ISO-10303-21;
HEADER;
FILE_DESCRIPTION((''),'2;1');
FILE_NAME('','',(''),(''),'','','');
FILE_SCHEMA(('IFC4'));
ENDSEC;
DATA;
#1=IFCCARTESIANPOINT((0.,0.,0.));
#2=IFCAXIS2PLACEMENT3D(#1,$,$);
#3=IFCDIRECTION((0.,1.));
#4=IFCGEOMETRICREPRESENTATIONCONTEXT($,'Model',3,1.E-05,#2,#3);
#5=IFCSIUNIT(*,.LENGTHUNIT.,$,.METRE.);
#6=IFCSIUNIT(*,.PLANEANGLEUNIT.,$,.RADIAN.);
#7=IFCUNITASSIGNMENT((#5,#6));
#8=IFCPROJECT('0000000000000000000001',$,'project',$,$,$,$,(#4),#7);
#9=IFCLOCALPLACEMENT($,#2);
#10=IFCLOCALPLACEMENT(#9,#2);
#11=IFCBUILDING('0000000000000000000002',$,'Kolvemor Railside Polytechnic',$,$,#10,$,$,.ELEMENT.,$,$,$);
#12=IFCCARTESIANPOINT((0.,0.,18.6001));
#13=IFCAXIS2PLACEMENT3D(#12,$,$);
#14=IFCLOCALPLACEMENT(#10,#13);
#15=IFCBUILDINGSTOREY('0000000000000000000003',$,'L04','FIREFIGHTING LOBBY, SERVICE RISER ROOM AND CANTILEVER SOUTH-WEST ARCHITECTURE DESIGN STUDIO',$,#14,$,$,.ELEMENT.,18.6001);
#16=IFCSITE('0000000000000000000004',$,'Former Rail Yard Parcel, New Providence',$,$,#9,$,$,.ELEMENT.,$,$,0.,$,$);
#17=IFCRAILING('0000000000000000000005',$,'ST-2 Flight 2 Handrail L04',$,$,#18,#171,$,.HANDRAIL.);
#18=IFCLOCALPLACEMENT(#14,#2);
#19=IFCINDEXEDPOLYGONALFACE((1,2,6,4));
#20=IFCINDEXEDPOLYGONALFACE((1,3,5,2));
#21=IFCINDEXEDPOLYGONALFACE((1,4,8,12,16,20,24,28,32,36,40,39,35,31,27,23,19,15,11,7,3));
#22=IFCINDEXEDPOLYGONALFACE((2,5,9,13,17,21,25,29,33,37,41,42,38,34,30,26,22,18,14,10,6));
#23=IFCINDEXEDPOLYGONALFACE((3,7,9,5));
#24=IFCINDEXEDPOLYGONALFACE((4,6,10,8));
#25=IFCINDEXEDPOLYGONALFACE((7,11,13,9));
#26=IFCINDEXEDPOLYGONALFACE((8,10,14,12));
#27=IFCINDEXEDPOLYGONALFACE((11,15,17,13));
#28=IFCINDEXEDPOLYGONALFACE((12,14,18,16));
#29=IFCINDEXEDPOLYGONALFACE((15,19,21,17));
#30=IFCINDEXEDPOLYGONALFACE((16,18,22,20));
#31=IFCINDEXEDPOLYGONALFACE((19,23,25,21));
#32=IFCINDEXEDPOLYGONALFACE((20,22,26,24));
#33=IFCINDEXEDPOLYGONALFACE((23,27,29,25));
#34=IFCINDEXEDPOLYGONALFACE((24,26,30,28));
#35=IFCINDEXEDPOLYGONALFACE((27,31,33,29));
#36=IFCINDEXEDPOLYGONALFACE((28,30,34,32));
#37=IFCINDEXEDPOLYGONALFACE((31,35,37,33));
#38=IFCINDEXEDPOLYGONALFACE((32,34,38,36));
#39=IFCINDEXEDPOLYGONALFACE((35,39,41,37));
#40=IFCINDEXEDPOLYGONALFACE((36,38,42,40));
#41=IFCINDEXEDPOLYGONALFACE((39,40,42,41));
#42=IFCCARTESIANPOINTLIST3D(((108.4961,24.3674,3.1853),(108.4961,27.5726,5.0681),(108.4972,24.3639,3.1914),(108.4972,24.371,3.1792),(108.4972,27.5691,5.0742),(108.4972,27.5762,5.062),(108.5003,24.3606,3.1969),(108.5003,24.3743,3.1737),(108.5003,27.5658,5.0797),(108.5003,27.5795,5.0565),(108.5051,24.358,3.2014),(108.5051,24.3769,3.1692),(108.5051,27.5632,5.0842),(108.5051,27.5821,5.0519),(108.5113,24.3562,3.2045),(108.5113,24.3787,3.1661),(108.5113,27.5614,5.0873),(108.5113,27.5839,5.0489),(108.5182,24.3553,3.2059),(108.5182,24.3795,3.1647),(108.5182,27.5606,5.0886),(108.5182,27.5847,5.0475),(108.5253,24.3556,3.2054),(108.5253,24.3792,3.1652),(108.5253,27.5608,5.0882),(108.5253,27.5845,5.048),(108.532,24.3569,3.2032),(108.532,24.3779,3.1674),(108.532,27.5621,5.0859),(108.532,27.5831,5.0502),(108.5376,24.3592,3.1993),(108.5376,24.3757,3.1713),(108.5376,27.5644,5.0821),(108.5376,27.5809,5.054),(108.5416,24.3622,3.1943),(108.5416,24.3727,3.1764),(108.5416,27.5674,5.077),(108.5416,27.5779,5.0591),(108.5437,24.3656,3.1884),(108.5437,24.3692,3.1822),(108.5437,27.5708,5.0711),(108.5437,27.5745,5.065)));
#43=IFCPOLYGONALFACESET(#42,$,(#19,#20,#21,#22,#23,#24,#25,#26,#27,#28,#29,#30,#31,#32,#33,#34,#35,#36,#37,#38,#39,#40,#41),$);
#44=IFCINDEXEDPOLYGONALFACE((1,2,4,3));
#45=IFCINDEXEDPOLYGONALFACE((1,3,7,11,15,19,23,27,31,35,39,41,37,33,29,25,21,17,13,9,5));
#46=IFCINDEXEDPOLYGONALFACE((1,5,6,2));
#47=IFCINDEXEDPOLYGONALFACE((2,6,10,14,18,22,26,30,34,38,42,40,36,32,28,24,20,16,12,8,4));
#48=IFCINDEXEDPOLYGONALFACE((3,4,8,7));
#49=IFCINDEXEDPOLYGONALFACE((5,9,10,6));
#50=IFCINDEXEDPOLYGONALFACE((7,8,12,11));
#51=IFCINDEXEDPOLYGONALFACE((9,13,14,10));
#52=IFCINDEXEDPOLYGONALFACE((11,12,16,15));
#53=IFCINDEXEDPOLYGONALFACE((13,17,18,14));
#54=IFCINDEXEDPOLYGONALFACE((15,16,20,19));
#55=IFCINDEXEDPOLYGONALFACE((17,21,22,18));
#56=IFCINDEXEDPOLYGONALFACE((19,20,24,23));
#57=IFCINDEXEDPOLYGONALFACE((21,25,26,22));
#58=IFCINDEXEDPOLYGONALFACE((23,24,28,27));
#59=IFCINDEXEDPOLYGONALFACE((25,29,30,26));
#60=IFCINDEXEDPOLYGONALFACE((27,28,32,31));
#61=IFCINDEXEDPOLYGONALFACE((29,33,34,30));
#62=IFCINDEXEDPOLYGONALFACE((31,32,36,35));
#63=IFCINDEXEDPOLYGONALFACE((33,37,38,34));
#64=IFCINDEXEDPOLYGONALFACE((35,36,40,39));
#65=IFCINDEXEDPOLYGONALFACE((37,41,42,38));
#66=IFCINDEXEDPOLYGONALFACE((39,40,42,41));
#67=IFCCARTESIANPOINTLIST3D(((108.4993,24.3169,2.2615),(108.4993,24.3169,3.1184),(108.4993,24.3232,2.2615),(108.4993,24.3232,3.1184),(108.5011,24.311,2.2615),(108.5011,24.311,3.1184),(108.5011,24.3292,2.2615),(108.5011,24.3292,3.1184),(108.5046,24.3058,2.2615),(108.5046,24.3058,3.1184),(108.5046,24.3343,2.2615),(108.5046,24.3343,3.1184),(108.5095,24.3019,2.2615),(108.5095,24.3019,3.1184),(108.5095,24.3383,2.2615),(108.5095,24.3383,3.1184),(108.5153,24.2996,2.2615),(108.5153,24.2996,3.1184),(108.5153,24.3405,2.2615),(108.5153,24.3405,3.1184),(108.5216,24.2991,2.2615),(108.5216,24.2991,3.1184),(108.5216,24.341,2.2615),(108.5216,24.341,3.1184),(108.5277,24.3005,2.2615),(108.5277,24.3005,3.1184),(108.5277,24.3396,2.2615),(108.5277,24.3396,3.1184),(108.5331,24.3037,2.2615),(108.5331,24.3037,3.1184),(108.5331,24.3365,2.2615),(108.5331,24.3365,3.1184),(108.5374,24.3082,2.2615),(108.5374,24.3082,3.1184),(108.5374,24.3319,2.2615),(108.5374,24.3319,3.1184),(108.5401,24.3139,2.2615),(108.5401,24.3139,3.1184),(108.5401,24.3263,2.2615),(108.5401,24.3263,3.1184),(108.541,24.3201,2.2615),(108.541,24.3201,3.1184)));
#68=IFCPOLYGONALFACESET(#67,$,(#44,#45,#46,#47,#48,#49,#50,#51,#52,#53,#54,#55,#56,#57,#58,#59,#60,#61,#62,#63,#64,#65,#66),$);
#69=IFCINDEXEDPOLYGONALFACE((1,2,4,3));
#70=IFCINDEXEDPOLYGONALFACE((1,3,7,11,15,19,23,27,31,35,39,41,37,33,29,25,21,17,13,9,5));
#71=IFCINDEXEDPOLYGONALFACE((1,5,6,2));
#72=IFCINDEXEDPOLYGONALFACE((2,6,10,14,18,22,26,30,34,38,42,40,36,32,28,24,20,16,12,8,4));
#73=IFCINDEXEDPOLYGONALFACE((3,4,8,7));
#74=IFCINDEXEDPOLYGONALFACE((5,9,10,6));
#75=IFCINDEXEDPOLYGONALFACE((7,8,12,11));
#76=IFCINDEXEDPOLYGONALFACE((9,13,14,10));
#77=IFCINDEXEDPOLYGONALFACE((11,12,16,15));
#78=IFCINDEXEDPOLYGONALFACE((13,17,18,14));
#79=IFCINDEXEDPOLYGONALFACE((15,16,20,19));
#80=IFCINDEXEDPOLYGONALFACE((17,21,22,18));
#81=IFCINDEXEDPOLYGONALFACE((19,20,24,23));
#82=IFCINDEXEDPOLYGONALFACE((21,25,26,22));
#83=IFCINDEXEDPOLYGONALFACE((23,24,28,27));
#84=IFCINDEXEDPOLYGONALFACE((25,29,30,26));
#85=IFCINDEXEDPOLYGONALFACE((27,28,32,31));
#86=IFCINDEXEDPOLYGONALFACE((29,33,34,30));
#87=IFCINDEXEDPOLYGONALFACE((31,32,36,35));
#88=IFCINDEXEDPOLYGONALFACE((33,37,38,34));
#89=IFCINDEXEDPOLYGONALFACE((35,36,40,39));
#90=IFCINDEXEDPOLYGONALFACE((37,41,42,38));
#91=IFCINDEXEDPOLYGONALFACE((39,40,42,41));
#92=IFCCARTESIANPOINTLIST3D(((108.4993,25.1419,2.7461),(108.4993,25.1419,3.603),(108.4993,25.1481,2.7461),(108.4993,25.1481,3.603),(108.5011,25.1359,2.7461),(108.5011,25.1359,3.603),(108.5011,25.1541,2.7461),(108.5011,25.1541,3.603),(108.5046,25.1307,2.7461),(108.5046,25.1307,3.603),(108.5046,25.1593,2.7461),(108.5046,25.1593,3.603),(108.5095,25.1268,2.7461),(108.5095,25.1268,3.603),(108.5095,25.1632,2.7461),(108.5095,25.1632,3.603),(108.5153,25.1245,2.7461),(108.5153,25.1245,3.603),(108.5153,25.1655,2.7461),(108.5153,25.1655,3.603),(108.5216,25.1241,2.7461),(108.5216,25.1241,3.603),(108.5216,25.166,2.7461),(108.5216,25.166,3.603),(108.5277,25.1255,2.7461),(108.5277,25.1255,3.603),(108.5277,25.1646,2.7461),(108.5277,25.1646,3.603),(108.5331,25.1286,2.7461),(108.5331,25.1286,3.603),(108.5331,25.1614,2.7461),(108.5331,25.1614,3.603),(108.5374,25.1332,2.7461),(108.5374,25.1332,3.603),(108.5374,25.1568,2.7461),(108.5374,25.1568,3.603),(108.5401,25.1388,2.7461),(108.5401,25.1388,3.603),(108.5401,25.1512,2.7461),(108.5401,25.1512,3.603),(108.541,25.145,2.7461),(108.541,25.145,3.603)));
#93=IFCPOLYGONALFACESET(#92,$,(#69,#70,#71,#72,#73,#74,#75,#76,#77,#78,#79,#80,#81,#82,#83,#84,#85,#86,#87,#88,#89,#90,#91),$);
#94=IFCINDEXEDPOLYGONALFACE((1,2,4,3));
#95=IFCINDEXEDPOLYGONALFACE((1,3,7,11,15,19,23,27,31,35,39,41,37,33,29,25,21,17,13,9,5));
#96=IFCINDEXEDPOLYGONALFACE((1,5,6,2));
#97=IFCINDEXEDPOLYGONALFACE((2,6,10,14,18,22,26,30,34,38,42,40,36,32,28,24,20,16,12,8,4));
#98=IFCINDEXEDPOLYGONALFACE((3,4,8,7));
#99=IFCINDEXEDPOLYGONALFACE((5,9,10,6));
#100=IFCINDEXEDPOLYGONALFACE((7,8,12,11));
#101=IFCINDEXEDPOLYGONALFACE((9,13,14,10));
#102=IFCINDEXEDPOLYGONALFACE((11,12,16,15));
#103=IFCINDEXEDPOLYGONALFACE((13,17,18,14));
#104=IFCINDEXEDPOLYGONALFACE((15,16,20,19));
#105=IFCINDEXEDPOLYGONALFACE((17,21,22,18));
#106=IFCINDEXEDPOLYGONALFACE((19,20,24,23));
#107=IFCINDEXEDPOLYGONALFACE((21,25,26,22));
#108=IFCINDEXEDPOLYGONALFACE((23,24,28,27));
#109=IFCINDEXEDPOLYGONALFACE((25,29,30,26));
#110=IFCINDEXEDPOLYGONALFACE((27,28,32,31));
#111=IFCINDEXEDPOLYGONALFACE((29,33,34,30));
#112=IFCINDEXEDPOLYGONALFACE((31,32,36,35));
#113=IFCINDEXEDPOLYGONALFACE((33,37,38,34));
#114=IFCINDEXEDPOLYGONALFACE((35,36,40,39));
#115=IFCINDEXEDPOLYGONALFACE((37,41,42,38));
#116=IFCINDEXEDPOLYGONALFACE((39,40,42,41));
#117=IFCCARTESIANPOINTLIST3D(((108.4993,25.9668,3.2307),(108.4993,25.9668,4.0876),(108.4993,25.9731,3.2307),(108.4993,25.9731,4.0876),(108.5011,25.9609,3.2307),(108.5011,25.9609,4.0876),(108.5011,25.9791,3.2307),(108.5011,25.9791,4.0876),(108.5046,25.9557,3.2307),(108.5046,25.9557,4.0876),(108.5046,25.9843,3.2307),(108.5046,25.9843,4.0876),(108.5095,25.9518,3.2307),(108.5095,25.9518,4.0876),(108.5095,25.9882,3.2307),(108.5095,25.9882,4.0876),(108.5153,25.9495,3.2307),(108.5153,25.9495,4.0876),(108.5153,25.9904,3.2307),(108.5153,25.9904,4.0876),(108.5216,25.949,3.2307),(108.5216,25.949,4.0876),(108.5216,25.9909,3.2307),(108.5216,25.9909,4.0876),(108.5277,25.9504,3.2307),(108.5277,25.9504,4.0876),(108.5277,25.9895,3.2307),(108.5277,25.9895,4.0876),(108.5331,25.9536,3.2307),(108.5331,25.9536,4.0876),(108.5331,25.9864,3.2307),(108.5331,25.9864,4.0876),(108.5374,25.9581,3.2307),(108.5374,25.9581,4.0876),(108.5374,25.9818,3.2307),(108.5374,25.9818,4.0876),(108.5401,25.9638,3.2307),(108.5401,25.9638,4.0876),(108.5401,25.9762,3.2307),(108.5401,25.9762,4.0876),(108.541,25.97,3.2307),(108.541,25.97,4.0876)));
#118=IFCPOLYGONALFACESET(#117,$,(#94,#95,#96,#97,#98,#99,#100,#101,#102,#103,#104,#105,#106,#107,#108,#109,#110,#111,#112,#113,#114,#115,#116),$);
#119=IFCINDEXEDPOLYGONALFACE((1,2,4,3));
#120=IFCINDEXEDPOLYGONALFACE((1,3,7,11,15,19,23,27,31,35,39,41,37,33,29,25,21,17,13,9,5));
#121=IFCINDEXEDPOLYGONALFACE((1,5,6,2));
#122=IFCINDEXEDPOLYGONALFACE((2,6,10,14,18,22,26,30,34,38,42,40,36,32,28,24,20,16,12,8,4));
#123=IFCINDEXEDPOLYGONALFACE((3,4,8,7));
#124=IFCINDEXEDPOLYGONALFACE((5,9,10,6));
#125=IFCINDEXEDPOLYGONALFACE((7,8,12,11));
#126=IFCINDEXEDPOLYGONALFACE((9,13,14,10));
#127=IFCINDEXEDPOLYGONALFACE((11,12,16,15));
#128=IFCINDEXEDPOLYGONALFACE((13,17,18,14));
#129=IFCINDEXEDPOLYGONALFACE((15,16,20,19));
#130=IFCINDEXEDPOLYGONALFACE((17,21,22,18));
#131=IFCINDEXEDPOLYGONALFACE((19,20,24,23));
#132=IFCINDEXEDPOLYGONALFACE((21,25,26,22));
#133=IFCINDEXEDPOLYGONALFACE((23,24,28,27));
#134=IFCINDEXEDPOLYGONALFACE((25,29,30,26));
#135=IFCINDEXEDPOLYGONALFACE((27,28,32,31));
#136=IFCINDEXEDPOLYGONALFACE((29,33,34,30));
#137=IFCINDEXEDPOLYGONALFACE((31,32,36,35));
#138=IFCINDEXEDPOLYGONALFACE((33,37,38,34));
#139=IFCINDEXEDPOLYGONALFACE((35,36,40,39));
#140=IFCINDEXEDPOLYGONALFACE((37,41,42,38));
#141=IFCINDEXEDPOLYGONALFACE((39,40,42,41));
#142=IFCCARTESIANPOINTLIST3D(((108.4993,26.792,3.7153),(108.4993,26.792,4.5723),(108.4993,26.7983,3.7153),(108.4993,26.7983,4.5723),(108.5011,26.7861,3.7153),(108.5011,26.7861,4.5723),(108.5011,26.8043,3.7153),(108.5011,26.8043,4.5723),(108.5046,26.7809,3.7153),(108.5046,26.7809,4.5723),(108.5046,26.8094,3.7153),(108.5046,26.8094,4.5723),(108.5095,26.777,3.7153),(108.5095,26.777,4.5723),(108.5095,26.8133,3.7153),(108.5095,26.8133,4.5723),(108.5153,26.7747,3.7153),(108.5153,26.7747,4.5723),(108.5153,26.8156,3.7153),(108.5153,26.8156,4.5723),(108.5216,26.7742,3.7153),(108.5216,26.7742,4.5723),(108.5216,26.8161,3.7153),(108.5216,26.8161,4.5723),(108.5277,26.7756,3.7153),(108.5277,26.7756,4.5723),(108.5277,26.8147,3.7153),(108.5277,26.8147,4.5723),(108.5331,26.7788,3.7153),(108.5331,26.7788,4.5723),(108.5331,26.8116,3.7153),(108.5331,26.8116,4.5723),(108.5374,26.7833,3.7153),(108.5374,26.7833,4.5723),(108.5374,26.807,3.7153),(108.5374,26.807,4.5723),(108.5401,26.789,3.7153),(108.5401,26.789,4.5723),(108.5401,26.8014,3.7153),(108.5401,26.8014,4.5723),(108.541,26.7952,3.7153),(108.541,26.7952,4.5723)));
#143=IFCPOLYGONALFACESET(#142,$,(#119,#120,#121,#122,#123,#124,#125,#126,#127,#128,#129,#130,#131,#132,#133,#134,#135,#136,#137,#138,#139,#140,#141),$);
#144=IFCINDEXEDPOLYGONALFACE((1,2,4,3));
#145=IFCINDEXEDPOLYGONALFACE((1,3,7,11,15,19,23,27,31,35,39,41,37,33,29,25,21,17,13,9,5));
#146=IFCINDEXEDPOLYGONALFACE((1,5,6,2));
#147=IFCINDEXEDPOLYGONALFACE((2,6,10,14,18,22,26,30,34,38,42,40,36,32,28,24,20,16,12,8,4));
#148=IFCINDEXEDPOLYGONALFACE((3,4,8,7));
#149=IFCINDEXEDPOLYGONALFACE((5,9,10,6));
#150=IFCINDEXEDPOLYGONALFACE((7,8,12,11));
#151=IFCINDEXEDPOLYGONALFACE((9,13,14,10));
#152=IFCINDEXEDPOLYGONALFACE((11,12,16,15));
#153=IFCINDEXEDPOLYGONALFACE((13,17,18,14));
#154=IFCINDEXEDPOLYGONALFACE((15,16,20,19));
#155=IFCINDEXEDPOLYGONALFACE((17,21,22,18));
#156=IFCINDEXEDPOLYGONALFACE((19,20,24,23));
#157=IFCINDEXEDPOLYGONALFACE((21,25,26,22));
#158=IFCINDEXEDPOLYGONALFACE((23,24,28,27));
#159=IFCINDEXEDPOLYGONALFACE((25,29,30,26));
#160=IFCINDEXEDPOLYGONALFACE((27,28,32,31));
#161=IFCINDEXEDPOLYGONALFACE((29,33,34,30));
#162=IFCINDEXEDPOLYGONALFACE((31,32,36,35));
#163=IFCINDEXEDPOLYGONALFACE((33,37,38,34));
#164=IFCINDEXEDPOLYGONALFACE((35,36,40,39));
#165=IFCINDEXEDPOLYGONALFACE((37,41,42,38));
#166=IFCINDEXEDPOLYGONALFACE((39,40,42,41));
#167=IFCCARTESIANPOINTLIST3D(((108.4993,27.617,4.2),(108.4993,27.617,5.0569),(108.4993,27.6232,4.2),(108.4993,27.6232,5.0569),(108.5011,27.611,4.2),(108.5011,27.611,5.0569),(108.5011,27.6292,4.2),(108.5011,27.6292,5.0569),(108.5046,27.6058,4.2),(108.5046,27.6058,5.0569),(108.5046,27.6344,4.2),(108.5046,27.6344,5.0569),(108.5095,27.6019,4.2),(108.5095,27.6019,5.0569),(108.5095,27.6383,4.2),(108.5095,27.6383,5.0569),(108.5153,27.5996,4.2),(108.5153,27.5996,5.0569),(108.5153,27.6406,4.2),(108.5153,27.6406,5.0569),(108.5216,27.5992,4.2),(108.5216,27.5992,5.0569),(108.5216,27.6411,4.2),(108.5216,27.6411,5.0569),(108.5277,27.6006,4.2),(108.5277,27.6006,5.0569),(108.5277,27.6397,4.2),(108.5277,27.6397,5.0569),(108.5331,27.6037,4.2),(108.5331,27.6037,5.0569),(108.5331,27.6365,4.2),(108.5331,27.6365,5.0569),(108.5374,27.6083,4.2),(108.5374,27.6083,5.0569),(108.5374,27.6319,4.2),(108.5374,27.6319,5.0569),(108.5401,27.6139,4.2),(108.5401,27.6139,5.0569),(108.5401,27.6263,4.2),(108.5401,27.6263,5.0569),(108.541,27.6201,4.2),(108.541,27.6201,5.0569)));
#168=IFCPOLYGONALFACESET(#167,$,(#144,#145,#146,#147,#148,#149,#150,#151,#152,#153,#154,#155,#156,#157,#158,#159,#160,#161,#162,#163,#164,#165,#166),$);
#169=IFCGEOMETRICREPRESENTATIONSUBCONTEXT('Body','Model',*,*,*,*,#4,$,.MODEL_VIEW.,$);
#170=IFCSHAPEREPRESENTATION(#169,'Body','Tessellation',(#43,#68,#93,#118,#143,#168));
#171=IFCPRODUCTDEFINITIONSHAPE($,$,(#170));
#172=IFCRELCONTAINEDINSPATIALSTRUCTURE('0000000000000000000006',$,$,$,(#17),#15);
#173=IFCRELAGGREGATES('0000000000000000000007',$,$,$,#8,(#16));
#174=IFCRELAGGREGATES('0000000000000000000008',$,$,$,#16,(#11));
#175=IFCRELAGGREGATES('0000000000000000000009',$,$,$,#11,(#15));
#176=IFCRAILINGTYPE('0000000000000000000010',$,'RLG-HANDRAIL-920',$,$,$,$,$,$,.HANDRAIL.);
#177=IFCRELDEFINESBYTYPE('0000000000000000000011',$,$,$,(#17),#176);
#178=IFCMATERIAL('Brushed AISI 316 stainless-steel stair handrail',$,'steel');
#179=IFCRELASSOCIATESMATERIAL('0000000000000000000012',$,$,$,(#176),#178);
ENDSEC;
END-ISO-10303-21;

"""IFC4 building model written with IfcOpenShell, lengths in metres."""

from ifc_helpers import new_model, si_unit, direction, frame, origin, origin_2d, place, context, subcontext, project, spatial, circle, extrude, material, type_object, element, save


model = new_model("IFC4")

# Units and contexts
model_context = context("Model", 3, precision=1e-05, world=origin(), true_north=direction((0.0, 1.0)))
body_context = subcontext(model_context, "Body", "Model", "MODEL_VIEW")
ifc_project = project(units=[si_unit("LENGTHUNIT", "METRE"), si_unit("PLANEANGLEUNIT", "RADIAN")], contexts=[model_context])

# Site, building, storey
site_placement = place(None, origin())
site = spatial("IfcSite", under=ifc_project, at=site_placement, Name="Former Rail Yard Parcel, New Providence", CompositionType="ELEMENT", RefElevation=0.0)
building_placement = place(site_placement, origin())
building = spatial("IfcBuilding", under=site, at=building_placement, Name="Kolvemor Railside Polytechnic", CompositionType="ELEMENT")
storey_placement = place(building_placement, frame((0.0, 0.0, 18.6001)))
storey = spatial("IfcBuildingStorey", under=building, at=storey_placement, Name="L04", Description="FIREFIGHTING LOBBY, SERVICE RISER ROOM AND CANTILEVER SOUTH-WEST ARCHITECTURE DESIGN STUDIO", CompositionType="ELEMENT", Elevation=18.6001)

# Railing
ifc_material_1 = material(Name="Brushed AISI 316 stainless-steel stair handrail", Category="steel")
railing_type_1 = type_object("IfcRailingType", Name="RLG-HANDRAIL-920", PredefinedType="HANDRAIL", material=ifc_material_1)
railing_1_placement = place(storey_placement, frame((108.52, 24.3201, 2.2615)))
element("IfcRailing", 1, at=railing_1_placement, inside=storey, type_object=railing_type_1, Name="ST-2 Flight 2 Handrail L04", PredefinedType="HANDRAIL", context=body_context, shape_type="SweptSolid", body=[
    extrude(circle(Radius=0.0239, at=origin_2d()), frame((0.0, 0.0474, 0.9238), z_axis=(0.0, 0.862246, 0.50649), x_axis=(-1.0, 0.0, 0.0)), (0.0, 0.0, 1.0), 3.7173),
    extrude(circle(Radius=0.021, at=origin_2d()), origin(), (0.0, 0.0, 1.0), 0.8569),
    extrude(circle(Radius=0.021, at=origin_2d()), frame((0.0, 0.825, 0.4846)), (0.0, 0.0, 1.0), 0.8569),
    extrude(circle(Radius=0.021, at=origin_2d()), frame((0.0, 1.6499, 0.9692)), (0.0, 0.0, 1.0), 0.8569),
    extrude(circle(Radius=0.021, at=origin_2d()), frame((0.0, 2.4751, 1.4539)), (0.0, 0.0, 1.0), 0.8569),
    extrude(circle(Radius=0.021, at=origin_2d()), frame((0.0, 3.3, 1.9385)), (0.0, 0.0, 1.0), 0.8569),
])

save(model, "model.ifc")
